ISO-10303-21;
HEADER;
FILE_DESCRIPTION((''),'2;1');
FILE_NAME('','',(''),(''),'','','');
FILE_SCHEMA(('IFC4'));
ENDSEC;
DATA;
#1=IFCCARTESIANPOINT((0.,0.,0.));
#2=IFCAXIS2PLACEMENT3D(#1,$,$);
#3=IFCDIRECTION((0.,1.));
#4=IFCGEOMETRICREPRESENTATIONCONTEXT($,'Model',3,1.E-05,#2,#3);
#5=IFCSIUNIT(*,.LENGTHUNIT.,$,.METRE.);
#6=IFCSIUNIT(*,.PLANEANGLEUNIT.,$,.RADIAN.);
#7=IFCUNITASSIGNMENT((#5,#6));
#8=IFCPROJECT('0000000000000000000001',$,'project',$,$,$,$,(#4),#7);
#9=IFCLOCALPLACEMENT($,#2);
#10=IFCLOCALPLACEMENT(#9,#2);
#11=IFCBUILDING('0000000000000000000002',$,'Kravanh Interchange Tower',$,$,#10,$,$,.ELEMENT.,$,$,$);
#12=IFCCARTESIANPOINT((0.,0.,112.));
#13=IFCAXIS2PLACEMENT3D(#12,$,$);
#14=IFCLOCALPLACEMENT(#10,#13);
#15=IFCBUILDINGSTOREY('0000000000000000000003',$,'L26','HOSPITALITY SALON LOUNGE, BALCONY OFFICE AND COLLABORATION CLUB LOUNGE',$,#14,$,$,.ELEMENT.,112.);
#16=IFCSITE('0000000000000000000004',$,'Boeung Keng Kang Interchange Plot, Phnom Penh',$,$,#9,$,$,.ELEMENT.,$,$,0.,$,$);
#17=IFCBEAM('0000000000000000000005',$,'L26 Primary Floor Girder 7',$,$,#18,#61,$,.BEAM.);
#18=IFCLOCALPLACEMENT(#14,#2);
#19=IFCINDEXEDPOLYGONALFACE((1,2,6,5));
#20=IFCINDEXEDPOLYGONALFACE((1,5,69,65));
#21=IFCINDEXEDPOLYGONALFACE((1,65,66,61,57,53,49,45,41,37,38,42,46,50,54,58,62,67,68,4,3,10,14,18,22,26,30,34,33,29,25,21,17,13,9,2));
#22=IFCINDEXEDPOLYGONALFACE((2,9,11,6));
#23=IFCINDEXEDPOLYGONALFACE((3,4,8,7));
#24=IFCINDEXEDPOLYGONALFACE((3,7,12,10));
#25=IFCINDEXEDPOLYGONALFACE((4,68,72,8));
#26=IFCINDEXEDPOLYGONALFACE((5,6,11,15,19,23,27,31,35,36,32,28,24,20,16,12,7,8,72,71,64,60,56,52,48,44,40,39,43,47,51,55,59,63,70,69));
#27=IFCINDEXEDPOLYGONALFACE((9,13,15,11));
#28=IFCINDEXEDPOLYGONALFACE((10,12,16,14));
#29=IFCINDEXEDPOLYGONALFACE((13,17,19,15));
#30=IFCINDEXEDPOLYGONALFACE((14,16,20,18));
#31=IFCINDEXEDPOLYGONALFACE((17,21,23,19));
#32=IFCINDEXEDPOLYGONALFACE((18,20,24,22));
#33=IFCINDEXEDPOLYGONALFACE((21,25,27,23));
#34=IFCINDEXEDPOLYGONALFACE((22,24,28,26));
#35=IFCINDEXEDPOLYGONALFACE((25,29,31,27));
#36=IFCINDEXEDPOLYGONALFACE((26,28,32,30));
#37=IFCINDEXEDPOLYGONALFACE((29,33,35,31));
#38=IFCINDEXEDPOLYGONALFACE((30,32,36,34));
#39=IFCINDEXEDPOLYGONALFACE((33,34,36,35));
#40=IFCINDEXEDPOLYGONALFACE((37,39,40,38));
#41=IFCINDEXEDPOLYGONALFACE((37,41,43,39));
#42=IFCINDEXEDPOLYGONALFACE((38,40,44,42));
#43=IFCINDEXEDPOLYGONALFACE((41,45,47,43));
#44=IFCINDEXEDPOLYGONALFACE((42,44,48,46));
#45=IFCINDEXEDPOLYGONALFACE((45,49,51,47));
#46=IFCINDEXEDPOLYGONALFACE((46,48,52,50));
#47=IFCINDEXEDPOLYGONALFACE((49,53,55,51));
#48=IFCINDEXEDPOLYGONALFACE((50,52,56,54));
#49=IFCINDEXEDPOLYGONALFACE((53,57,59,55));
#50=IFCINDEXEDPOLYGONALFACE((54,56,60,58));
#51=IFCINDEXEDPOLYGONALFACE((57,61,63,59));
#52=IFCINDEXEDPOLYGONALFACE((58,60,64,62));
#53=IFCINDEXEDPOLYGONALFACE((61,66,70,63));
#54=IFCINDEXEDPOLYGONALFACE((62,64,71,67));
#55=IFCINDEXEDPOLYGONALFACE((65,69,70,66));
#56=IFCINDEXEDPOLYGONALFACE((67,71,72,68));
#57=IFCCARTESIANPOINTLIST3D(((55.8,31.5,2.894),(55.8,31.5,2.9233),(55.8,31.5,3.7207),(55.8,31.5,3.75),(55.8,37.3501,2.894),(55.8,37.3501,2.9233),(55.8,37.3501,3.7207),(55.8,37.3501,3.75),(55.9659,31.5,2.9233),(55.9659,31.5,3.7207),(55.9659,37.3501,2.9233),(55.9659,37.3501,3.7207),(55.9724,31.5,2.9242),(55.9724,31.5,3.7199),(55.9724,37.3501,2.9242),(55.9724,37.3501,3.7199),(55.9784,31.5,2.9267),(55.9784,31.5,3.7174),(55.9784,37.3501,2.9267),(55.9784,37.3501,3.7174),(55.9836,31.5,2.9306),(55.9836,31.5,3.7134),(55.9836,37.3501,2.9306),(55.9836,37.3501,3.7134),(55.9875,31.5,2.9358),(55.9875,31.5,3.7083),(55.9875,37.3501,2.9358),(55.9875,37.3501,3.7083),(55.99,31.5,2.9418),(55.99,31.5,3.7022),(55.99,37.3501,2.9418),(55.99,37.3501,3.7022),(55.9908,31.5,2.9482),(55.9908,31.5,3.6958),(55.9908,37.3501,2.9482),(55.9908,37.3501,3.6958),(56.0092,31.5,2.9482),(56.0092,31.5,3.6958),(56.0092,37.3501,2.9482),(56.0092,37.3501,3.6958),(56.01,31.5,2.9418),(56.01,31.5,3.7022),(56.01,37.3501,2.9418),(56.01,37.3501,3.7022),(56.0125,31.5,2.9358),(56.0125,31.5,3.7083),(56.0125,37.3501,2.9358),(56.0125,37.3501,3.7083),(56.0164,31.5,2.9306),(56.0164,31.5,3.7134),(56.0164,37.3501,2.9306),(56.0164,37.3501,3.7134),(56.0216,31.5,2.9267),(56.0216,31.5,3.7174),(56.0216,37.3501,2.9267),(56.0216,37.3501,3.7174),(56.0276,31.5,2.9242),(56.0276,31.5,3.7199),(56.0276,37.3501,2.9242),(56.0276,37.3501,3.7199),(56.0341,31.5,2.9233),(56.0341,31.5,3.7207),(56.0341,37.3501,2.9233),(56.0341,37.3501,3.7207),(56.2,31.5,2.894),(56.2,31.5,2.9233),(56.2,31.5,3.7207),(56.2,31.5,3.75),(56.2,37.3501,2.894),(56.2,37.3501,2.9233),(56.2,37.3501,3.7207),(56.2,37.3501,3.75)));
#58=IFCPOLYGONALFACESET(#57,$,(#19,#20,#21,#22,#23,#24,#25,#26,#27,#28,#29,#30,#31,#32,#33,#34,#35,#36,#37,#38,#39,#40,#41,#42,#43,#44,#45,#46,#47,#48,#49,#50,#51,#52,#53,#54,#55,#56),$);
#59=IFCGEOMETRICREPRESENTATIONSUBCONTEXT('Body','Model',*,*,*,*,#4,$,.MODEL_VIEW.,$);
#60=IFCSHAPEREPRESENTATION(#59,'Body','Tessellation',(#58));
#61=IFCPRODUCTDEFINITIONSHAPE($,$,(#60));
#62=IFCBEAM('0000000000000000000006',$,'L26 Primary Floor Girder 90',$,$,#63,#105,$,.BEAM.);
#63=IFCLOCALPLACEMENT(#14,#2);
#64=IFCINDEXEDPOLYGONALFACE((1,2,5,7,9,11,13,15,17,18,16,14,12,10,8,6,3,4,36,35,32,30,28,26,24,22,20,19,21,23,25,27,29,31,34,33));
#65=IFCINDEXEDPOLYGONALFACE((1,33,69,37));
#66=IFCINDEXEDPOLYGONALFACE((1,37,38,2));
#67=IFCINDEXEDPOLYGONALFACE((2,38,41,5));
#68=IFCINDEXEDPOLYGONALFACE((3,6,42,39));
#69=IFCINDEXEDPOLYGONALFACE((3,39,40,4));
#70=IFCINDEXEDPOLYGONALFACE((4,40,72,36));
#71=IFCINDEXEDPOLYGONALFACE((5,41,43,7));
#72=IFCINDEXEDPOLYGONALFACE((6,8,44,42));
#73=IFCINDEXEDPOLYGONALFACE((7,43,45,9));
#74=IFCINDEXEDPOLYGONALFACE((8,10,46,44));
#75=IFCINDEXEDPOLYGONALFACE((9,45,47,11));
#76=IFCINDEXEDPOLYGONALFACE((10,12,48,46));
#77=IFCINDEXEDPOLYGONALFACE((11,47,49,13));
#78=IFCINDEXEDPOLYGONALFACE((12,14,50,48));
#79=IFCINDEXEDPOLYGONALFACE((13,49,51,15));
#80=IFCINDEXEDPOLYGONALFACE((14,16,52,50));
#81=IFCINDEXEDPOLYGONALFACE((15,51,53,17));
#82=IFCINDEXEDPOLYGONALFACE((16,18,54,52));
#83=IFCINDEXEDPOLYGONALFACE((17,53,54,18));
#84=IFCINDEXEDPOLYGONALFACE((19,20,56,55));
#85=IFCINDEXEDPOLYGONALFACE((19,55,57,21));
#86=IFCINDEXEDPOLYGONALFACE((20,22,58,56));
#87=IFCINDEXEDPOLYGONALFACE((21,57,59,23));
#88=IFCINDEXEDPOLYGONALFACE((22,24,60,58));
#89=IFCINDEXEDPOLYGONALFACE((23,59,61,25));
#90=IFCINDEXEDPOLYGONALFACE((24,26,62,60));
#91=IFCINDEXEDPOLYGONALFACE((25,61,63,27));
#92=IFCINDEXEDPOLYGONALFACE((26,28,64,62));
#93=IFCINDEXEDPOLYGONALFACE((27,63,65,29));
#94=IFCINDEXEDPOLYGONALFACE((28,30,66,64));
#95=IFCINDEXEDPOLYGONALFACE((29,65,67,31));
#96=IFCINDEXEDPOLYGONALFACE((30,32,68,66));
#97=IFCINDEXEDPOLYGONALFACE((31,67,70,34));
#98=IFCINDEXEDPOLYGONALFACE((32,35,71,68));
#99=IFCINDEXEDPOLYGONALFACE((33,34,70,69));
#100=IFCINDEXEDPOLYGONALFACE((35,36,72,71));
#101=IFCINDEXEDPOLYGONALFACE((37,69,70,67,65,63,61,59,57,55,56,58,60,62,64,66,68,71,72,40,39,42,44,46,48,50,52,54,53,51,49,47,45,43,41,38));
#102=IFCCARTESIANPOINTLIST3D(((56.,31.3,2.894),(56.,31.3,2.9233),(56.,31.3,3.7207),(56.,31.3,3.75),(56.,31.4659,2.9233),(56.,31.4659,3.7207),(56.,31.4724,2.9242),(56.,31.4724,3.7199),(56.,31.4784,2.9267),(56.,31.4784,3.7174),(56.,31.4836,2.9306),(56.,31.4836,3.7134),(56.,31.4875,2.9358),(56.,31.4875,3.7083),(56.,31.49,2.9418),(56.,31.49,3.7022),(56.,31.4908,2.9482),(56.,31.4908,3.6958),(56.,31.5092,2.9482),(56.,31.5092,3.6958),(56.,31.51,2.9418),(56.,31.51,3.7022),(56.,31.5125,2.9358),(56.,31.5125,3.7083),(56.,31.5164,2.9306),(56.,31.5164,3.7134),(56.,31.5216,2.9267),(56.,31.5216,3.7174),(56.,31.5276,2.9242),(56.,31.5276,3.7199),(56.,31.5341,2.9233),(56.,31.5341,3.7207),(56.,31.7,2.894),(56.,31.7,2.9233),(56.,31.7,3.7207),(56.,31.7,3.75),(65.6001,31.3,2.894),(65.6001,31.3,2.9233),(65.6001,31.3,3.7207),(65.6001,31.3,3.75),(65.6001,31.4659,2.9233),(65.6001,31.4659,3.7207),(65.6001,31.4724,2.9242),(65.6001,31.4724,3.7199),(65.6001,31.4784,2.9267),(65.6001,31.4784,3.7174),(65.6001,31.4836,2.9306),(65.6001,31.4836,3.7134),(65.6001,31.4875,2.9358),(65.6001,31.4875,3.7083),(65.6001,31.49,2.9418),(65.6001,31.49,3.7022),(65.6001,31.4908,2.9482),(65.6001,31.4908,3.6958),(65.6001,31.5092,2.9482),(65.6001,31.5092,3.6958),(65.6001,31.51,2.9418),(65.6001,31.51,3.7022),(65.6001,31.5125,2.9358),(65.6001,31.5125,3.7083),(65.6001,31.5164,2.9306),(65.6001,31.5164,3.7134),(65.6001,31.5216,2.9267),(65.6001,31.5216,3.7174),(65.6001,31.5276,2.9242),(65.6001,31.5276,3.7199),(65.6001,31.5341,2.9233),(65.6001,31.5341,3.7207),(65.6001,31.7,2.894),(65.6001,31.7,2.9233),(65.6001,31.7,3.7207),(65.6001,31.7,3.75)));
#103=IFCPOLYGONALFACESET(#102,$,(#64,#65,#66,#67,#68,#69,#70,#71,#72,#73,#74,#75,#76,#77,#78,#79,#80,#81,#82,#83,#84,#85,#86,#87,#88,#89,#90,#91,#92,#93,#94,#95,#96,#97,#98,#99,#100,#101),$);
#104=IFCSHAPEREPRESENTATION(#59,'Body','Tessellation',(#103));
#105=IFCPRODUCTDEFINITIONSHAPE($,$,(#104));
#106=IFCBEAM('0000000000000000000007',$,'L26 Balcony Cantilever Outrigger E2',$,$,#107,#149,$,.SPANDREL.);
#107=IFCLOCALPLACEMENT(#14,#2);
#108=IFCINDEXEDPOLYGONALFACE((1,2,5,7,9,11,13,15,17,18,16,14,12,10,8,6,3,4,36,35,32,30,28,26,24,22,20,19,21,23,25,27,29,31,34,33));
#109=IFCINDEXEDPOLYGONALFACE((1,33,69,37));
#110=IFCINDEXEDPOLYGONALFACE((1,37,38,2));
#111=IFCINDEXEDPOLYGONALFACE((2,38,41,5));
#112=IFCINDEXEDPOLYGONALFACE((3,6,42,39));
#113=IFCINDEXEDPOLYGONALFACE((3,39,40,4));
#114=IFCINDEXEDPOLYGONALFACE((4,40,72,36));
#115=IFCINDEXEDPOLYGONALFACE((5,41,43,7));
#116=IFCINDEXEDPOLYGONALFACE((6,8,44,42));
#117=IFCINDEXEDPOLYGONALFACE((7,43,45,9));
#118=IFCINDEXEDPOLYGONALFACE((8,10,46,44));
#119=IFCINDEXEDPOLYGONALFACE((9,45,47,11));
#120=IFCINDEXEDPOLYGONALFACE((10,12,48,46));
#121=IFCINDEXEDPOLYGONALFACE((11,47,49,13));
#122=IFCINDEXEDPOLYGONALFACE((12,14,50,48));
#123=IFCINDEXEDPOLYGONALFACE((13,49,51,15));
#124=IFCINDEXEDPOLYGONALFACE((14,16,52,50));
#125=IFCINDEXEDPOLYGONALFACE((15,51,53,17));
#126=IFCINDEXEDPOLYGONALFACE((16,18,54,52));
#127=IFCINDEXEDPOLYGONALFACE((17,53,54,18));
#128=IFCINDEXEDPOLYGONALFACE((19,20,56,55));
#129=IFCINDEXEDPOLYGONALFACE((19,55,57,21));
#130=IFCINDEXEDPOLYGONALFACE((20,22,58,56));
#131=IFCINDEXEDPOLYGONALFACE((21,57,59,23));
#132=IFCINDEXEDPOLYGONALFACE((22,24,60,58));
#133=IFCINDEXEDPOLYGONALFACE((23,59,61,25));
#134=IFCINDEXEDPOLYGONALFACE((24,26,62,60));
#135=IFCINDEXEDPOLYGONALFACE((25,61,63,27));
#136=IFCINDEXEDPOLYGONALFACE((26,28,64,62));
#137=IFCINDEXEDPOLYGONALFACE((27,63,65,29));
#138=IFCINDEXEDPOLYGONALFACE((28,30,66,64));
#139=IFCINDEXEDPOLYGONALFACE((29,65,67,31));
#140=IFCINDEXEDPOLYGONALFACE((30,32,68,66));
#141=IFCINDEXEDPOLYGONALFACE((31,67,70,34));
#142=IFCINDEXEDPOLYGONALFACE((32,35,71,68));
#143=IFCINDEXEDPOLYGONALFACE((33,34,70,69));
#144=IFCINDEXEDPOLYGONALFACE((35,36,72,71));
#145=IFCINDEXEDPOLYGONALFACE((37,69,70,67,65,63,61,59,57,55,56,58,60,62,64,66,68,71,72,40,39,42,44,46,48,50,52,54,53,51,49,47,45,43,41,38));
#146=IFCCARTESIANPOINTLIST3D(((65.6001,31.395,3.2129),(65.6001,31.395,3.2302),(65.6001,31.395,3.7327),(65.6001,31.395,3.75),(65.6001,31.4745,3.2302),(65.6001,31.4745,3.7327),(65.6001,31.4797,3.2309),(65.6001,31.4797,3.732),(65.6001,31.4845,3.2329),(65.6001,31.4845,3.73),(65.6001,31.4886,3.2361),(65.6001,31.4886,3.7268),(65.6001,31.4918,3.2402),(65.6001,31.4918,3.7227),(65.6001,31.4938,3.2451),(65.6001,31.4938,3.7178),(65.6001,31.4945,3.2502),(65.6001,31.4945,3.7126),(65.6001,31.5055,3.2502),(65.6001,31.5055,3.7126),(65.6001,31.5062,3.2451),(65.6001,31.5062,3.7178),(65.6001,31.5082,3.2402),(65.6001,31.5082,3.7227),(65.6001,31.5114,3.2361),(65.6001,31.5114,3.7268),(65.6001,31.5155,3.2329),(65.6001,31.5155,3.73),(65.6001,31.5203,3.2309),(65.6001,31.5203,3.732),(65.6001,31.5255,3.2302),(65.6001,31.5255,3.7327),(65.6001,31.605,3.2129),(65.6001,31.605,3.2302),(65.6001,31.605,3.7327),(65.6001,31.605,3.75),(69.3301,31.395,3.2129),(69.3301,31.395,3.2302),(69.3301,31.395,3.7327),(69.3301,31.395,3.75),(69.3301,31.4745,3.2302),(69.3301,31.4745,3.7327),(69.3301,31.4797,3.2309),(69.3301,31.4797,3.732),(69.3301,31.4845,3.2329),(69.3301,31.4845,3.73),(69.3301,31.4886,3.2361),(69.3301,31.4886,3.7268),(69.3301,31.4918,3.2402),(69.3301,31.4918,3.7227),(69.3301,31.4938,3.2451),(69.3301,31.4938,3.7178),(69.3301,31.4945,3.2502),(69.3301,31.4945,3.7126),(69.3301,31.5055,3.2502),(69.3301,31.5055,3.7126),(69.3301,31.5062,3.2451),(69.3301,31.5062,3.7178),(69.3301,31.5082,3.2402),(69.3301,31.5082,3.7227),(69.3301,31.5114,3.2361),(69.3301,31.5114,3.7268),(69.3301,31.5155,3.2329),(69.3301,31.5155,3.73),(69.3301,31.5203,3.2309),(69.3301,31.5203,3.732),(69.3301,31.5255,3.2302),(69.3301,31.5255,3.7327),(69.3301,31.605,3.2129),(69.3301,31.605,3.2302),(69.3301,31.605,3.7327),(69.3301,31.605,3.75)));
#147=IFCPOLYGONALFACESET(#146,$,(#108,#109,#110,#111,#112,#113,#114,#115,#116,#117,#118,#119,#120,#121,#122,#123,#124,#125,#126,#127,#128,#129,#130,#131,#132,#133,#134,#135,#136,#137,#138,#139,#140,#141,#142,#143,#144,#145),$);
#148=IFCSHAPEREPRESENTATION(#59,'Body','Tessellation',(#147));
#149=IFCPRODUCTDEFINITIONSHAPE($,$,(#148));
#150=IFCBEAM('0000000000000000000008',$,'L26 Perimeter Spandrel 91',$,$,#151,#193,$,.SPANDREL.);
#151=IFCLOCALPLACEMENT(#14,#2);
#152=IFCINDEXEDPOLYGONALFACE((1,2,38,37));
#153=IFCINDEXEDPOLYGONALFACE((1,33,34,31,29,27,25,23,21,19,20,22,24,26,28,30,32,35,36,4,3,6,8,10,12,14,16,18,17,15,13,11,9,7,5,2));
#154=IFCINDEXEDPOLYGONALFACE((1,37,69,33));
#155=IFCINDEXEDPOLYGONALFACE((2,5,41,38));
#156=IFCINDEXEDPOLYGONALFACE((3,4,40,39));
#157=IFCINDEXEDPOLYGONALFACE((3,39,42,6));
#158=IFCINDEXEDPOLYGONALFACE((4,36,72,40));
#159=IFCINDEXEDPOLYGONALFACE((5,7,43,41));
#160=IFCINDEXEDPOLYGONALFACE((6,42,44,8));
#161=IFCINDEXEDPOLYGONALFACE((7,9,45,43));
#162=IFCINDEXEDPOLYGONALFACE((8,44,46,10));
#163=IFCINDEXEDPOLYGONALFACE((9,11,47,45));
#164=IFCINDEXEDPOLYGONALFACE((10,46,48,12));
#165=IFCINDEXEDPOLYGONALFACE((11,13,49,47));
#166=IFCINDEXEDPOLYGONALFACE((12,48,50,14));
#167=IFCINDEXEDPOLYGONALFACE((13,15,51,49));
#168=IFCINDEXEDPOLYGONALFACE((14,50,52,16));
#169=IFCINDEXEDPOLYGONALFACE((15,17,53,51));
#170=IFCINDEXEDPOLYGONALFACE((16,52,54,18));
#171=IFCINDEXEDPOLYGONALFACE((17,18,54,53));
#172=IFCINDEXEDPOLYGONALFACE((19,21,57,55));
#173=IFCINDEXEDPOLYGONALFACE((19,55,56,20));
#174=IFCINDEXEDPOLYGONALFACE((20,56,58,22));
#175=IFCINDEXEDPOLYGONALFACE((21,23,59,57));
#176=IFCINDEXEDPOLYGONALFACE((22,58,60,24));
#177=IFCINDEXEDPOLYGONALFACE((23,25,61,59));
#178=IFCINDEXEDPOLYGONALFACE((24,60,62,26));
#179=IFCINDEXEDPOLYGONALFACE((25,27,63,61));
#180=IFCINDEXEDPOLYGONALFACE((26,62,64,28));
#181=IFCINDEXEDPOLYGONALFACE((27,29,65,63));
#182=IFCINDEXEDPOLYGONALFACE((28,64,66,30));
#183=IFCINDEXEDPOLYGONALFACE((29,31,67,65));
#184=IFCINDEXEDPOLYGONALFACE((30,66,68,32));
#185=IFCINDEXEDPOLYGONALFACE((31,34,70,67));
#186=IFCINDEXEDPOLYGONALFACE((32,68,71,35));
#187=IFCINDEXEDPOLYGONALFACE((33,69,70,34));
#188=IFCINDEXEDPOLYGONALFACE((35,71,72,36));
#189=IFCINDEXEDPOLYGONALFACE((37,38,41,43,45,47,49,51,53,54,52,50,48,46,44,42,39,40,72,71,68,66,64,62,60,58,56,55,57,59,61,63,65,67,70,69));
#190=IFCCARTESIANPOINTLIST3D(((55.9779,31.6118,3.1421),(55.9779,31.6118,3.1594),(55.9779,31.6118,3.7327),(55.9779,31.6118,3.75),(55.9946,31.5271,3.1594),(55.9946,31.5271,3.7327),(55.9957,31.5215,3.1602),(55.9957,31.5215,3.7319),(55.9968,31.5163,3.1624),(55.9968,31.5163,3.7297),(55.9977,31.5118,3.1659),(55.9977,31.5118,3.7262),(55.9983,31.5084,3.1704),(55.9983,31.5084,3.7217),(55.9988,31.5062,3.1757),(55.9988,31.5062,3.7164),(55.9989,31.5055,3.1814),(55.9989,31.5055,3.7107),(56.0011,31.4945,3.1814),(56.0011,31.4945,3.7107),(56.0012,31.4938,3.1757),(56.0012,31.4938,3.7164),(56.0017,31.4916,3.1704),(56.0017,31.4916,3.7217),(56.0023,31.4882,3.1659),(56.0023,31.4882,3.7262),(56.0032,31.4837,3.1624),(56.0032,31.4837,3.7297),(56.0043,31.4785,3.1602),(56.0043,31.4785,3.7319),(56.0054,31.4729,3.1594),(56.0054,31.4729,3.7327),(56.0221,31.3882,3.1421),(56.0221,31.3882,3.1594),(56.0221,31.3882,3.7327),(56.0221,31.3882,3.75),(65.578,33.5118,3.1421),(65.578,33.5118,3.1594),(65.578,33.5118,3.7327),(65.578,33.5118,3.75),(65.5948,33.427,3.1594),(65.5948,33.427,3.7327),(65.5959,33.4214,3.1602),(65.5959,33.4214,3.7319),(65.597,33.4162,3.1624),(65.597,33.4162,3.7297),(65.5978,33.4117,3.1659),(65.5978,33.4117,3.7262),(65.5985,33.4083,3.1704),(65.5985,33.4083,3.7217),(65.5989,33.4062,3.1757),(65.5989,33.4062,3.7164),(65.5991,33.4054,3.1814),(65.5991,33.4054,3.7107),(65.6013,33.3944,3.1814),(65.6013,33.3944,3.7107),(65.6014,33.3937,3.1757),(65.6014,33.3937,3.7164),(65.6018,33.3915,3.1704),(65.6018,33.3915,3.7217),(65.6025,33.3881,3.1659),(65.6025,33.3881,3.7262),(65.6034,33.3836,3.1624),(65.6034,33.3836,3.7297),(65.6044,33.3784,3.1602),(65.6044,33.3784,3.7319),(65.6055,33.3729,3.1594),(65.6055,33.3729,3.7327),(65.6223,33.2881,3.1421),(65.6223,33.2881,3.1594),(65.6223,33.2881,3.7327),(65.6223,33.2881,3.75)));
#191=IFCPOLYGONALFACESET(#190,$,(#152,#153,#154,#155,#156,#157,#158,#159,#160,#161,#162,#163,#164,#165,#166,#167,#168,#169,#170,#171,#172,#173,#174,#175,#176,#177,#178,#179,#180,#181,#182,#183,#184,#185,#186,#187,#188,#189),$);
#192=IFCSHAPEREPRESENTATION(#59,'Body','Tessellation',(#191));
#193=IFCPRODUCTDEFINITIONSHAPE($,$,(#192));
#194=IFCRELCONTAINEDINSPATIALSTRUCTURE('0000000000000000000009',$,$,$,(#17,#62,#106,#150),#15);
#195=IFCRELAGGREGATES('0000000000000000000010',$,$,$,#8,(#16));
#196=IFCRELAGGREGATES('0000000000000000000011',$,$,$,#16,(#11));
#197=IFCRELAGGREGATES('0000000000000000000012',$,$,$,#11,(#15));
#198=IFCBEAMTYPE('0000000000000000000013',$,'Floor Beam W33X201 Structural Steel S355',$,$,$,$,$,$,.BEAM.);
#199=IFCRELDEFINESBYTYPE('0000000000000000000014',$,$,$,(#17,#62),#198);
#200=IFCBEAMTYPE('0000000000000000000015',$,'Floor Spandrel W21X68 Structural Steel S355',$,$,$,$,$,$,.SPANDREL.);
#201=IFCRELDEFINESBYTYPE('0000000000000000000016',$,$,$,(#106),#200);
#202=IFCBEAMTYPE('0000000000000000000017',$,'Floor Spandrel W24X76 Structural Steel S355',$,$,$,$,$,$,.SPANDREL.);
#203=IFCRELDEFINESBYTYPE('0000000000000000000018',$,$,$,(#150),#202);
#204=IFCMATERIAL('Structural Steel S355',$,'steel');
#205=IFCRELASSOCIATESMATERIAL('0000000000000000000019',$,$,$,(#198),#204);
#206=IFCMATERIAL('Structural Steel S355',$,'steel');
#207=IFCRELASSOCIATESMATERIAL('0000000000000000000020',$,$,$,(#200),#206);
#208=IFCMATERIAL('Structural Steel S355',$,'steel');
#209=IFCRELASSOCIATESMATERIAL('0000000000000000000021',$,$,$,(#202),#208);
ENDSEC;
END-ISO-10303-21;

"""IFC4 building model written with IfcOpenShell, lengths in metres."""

from ifc_helpers import new_model, si_unit, direction, frame, origin, origin_2d, place, context, subcontext, project, spatial, i_section, extrude, material, material_profile, profile_set, type_object, element, save


model = new_model("IFC4")

# Units and contexts
model_context = context("Model", 3, precision=1e-05, world=origin(), true_north=direction((0.0, 1.0)))
body_context = subcontext(model_context, "Body", "Model", "MODEL_VIEW")
ifc_project = project(units=[si_unit("LENGTHUNIT", "METRE"), si_unit("PLANEANGLEUNIT", "RADIAN")], contexts=[model_context])

# Site, building, storey
site_placement = place(None, origin())
site = spatial("IfcSite", under=ifc_project, at=site_placement, Name="Boeung Keng Kang Interchange Plot, Phnom Penh", CompositionType="ELEMENT", RefElevation=0.0)
building_placement = place(site_placement, origin())
building = spatial("IfcBuilding", under=site, at=building_placement, Name="Kravanh Interchange Tower", CompositionType="ELEMENT")
storey_placement = place(building_placement, frame((0.0, 0.0, 112.0)))
storey = spatial("IfcBuildingStorey", under=building, at=storey_placement, Name="L26", Description="HOSPITALITY SALON LOUNGE, BALCONY OFFICE AND COLLABORATION CLUB LOUNGE", CompositionType="ELEMENT", Elevation=112.0)

# Beams
ifc_material_1 = material(Name="Structural Steel S355", Category="steel")
ifc_material_profile_1 = material_profile(ifc_material_1, i_section(OverallWidth=0.3999, OverallDepth=0.856, WebThickness=0.0183, FlangeThickness=0.0293, FilletRadius=0.0249, at=origin_2d()), Name="W33X201")
ifc_profile_set_1 = profile_set([ifc_material_profile_1], Name="Structural Steel S355")
beam_type_1 = type_object("IfcBeamType", Name="Floor Beam W33X201 Structural Steel S355", PredefinedType="BEAM", material=ifc_profile_set_1)
beam_1_placement = place(storey_placement, frame((56.0, 37.3501, 3.322), z_axis=(0.0, -1.0, 0.0), x_axis=(1.0, 0.0, 0.0)))
element("IfcBeam", 1, at=beam_1_placement, inside=storey, type_object=beam_type_1, Name="L26 Primary Floor Girder 7", PredefinedType="BEAM", context=body_context, shape_type="SweptSolid", body=[
    extrude(i_section(OverallWidth=0.3999, OverallDepth=0.856, WebThickness=0.0183, FlangeThickness=0.0293, FilletRadius=0.0249, at=origin_2d()), origin(), (0.0, 0.0, 1.0), 5.8501),
])
beam_2_placement = place(storey_placement, frame((56.0, 31.5, 3.322), z_axis=(1.0, 0.0, 0.0), x_axis=(0.0, 1.0, 0.0)))
element("IfcBeam", 2, at=beam_2_placement, inside=storey, type_object=beam_type_1, Name="L26 Primary Floor Girder 90", PredefinedType="BEAM", context=body_context, shape_type="SweptSolid", body=[
    extrude(i_section(OverallWidth=0.3999, OverallDepth=0.856, WebThickness=0.0183, FlangeThickness=0.0293, FilletRadius=0.0249, at=origin_2d()), origin(), (0.0, 0.0, 1.0), 9.6001),
])
ifc_material_2 = material(Name="Structural Steel S355", Category="steel")
ifc_material_profile_2 = material_profile(ifc_material_2, i_section(OverallWidth=0.21, OverallDepth=0.5371, WebThickness=0.011, FlangeThickness=0.0173, FilletRadius=0.02, at=origin_2d()), Name="W21X68")
ifc_profile_set_2 = profile_set([ifc_material_profile_2], Name="Structural Steel S355")
beam_type_2 = type_object("IfcBeamType", Name="Floor Spandrel W21X68 Structural Steel S355", PredefinedType="SPANDREL", material=ifc_profile_set_2)
beam_3_placement = place(storey_placement, frame((65.6001, 31.5, 3.4814), z_axis=(1.0, 0.0, 0.0), x_axis=(0.0, 1.0, 0.0)))
element("IfcBeam", 3, at=beam_3_placement, inside=storey, type_object=beam_type_2, Name="L26 Balcony Cantilever Outrigger E2", PredefinedType="SPANDREL", context=body_context, shape_type="SweptSolid", body=[
    extrude(i_section(OverallWidth=0.21, OverallDepth=0.5371, WebThickness=0.011, FlangeThickness=0.0173, FilletRadius=0.02, at=origin_2d()), origin(), (0.0, 0.0, 1.0), 3.73),
])
ifc_material_3 = material(Name="Structural Steel S355", Category="steel")
ifc_material_profile_3 = material_profile(ifc_material_3, i_section(OverallWidth=0.228, OverallDepth=0.6079, WebThickness=0.0112, FlangeThickness=0.0173, FilletRadius=0.022, at=origin_2d()), Name="W24X76")
ifc_profile_set_3 = profile_set([ifc_material_profile_3], Name="Structural Steel S355")
beam_type_3 = type_object("IfcBeamType", Name="Floor Spandrel W24X76 Structural Steel S355", PredefinedType="SPANDREL", material=ifc_profile_set_3)
beam_4_placement = place(storey_placement, frame((56.0, 31.5, 3.446), z_axis=(0.980974, 0.194139, 0.0), x_axis=(-0.194139, 0.980974, 0.0)))
element("IfcBeam", 4, at=beam_4_placement, inside=storey, type_object=beam_type_3, Name="L26 Perimeter Spandrel 91", PredefinedType="SPANDREL", context=body_context, shape_type="SweptSolid", body=[
    extrude(i_section(OverallWidth=0.228, OverallDepth=0.6079, WebThickness=0.0112, FlangeThickness=0.0173, FilletRadius=0.022, at=origin_2d()), origin(), (0.0, 0.0, 1.0), 9.7864),
])

save(model, "model.ifc")
